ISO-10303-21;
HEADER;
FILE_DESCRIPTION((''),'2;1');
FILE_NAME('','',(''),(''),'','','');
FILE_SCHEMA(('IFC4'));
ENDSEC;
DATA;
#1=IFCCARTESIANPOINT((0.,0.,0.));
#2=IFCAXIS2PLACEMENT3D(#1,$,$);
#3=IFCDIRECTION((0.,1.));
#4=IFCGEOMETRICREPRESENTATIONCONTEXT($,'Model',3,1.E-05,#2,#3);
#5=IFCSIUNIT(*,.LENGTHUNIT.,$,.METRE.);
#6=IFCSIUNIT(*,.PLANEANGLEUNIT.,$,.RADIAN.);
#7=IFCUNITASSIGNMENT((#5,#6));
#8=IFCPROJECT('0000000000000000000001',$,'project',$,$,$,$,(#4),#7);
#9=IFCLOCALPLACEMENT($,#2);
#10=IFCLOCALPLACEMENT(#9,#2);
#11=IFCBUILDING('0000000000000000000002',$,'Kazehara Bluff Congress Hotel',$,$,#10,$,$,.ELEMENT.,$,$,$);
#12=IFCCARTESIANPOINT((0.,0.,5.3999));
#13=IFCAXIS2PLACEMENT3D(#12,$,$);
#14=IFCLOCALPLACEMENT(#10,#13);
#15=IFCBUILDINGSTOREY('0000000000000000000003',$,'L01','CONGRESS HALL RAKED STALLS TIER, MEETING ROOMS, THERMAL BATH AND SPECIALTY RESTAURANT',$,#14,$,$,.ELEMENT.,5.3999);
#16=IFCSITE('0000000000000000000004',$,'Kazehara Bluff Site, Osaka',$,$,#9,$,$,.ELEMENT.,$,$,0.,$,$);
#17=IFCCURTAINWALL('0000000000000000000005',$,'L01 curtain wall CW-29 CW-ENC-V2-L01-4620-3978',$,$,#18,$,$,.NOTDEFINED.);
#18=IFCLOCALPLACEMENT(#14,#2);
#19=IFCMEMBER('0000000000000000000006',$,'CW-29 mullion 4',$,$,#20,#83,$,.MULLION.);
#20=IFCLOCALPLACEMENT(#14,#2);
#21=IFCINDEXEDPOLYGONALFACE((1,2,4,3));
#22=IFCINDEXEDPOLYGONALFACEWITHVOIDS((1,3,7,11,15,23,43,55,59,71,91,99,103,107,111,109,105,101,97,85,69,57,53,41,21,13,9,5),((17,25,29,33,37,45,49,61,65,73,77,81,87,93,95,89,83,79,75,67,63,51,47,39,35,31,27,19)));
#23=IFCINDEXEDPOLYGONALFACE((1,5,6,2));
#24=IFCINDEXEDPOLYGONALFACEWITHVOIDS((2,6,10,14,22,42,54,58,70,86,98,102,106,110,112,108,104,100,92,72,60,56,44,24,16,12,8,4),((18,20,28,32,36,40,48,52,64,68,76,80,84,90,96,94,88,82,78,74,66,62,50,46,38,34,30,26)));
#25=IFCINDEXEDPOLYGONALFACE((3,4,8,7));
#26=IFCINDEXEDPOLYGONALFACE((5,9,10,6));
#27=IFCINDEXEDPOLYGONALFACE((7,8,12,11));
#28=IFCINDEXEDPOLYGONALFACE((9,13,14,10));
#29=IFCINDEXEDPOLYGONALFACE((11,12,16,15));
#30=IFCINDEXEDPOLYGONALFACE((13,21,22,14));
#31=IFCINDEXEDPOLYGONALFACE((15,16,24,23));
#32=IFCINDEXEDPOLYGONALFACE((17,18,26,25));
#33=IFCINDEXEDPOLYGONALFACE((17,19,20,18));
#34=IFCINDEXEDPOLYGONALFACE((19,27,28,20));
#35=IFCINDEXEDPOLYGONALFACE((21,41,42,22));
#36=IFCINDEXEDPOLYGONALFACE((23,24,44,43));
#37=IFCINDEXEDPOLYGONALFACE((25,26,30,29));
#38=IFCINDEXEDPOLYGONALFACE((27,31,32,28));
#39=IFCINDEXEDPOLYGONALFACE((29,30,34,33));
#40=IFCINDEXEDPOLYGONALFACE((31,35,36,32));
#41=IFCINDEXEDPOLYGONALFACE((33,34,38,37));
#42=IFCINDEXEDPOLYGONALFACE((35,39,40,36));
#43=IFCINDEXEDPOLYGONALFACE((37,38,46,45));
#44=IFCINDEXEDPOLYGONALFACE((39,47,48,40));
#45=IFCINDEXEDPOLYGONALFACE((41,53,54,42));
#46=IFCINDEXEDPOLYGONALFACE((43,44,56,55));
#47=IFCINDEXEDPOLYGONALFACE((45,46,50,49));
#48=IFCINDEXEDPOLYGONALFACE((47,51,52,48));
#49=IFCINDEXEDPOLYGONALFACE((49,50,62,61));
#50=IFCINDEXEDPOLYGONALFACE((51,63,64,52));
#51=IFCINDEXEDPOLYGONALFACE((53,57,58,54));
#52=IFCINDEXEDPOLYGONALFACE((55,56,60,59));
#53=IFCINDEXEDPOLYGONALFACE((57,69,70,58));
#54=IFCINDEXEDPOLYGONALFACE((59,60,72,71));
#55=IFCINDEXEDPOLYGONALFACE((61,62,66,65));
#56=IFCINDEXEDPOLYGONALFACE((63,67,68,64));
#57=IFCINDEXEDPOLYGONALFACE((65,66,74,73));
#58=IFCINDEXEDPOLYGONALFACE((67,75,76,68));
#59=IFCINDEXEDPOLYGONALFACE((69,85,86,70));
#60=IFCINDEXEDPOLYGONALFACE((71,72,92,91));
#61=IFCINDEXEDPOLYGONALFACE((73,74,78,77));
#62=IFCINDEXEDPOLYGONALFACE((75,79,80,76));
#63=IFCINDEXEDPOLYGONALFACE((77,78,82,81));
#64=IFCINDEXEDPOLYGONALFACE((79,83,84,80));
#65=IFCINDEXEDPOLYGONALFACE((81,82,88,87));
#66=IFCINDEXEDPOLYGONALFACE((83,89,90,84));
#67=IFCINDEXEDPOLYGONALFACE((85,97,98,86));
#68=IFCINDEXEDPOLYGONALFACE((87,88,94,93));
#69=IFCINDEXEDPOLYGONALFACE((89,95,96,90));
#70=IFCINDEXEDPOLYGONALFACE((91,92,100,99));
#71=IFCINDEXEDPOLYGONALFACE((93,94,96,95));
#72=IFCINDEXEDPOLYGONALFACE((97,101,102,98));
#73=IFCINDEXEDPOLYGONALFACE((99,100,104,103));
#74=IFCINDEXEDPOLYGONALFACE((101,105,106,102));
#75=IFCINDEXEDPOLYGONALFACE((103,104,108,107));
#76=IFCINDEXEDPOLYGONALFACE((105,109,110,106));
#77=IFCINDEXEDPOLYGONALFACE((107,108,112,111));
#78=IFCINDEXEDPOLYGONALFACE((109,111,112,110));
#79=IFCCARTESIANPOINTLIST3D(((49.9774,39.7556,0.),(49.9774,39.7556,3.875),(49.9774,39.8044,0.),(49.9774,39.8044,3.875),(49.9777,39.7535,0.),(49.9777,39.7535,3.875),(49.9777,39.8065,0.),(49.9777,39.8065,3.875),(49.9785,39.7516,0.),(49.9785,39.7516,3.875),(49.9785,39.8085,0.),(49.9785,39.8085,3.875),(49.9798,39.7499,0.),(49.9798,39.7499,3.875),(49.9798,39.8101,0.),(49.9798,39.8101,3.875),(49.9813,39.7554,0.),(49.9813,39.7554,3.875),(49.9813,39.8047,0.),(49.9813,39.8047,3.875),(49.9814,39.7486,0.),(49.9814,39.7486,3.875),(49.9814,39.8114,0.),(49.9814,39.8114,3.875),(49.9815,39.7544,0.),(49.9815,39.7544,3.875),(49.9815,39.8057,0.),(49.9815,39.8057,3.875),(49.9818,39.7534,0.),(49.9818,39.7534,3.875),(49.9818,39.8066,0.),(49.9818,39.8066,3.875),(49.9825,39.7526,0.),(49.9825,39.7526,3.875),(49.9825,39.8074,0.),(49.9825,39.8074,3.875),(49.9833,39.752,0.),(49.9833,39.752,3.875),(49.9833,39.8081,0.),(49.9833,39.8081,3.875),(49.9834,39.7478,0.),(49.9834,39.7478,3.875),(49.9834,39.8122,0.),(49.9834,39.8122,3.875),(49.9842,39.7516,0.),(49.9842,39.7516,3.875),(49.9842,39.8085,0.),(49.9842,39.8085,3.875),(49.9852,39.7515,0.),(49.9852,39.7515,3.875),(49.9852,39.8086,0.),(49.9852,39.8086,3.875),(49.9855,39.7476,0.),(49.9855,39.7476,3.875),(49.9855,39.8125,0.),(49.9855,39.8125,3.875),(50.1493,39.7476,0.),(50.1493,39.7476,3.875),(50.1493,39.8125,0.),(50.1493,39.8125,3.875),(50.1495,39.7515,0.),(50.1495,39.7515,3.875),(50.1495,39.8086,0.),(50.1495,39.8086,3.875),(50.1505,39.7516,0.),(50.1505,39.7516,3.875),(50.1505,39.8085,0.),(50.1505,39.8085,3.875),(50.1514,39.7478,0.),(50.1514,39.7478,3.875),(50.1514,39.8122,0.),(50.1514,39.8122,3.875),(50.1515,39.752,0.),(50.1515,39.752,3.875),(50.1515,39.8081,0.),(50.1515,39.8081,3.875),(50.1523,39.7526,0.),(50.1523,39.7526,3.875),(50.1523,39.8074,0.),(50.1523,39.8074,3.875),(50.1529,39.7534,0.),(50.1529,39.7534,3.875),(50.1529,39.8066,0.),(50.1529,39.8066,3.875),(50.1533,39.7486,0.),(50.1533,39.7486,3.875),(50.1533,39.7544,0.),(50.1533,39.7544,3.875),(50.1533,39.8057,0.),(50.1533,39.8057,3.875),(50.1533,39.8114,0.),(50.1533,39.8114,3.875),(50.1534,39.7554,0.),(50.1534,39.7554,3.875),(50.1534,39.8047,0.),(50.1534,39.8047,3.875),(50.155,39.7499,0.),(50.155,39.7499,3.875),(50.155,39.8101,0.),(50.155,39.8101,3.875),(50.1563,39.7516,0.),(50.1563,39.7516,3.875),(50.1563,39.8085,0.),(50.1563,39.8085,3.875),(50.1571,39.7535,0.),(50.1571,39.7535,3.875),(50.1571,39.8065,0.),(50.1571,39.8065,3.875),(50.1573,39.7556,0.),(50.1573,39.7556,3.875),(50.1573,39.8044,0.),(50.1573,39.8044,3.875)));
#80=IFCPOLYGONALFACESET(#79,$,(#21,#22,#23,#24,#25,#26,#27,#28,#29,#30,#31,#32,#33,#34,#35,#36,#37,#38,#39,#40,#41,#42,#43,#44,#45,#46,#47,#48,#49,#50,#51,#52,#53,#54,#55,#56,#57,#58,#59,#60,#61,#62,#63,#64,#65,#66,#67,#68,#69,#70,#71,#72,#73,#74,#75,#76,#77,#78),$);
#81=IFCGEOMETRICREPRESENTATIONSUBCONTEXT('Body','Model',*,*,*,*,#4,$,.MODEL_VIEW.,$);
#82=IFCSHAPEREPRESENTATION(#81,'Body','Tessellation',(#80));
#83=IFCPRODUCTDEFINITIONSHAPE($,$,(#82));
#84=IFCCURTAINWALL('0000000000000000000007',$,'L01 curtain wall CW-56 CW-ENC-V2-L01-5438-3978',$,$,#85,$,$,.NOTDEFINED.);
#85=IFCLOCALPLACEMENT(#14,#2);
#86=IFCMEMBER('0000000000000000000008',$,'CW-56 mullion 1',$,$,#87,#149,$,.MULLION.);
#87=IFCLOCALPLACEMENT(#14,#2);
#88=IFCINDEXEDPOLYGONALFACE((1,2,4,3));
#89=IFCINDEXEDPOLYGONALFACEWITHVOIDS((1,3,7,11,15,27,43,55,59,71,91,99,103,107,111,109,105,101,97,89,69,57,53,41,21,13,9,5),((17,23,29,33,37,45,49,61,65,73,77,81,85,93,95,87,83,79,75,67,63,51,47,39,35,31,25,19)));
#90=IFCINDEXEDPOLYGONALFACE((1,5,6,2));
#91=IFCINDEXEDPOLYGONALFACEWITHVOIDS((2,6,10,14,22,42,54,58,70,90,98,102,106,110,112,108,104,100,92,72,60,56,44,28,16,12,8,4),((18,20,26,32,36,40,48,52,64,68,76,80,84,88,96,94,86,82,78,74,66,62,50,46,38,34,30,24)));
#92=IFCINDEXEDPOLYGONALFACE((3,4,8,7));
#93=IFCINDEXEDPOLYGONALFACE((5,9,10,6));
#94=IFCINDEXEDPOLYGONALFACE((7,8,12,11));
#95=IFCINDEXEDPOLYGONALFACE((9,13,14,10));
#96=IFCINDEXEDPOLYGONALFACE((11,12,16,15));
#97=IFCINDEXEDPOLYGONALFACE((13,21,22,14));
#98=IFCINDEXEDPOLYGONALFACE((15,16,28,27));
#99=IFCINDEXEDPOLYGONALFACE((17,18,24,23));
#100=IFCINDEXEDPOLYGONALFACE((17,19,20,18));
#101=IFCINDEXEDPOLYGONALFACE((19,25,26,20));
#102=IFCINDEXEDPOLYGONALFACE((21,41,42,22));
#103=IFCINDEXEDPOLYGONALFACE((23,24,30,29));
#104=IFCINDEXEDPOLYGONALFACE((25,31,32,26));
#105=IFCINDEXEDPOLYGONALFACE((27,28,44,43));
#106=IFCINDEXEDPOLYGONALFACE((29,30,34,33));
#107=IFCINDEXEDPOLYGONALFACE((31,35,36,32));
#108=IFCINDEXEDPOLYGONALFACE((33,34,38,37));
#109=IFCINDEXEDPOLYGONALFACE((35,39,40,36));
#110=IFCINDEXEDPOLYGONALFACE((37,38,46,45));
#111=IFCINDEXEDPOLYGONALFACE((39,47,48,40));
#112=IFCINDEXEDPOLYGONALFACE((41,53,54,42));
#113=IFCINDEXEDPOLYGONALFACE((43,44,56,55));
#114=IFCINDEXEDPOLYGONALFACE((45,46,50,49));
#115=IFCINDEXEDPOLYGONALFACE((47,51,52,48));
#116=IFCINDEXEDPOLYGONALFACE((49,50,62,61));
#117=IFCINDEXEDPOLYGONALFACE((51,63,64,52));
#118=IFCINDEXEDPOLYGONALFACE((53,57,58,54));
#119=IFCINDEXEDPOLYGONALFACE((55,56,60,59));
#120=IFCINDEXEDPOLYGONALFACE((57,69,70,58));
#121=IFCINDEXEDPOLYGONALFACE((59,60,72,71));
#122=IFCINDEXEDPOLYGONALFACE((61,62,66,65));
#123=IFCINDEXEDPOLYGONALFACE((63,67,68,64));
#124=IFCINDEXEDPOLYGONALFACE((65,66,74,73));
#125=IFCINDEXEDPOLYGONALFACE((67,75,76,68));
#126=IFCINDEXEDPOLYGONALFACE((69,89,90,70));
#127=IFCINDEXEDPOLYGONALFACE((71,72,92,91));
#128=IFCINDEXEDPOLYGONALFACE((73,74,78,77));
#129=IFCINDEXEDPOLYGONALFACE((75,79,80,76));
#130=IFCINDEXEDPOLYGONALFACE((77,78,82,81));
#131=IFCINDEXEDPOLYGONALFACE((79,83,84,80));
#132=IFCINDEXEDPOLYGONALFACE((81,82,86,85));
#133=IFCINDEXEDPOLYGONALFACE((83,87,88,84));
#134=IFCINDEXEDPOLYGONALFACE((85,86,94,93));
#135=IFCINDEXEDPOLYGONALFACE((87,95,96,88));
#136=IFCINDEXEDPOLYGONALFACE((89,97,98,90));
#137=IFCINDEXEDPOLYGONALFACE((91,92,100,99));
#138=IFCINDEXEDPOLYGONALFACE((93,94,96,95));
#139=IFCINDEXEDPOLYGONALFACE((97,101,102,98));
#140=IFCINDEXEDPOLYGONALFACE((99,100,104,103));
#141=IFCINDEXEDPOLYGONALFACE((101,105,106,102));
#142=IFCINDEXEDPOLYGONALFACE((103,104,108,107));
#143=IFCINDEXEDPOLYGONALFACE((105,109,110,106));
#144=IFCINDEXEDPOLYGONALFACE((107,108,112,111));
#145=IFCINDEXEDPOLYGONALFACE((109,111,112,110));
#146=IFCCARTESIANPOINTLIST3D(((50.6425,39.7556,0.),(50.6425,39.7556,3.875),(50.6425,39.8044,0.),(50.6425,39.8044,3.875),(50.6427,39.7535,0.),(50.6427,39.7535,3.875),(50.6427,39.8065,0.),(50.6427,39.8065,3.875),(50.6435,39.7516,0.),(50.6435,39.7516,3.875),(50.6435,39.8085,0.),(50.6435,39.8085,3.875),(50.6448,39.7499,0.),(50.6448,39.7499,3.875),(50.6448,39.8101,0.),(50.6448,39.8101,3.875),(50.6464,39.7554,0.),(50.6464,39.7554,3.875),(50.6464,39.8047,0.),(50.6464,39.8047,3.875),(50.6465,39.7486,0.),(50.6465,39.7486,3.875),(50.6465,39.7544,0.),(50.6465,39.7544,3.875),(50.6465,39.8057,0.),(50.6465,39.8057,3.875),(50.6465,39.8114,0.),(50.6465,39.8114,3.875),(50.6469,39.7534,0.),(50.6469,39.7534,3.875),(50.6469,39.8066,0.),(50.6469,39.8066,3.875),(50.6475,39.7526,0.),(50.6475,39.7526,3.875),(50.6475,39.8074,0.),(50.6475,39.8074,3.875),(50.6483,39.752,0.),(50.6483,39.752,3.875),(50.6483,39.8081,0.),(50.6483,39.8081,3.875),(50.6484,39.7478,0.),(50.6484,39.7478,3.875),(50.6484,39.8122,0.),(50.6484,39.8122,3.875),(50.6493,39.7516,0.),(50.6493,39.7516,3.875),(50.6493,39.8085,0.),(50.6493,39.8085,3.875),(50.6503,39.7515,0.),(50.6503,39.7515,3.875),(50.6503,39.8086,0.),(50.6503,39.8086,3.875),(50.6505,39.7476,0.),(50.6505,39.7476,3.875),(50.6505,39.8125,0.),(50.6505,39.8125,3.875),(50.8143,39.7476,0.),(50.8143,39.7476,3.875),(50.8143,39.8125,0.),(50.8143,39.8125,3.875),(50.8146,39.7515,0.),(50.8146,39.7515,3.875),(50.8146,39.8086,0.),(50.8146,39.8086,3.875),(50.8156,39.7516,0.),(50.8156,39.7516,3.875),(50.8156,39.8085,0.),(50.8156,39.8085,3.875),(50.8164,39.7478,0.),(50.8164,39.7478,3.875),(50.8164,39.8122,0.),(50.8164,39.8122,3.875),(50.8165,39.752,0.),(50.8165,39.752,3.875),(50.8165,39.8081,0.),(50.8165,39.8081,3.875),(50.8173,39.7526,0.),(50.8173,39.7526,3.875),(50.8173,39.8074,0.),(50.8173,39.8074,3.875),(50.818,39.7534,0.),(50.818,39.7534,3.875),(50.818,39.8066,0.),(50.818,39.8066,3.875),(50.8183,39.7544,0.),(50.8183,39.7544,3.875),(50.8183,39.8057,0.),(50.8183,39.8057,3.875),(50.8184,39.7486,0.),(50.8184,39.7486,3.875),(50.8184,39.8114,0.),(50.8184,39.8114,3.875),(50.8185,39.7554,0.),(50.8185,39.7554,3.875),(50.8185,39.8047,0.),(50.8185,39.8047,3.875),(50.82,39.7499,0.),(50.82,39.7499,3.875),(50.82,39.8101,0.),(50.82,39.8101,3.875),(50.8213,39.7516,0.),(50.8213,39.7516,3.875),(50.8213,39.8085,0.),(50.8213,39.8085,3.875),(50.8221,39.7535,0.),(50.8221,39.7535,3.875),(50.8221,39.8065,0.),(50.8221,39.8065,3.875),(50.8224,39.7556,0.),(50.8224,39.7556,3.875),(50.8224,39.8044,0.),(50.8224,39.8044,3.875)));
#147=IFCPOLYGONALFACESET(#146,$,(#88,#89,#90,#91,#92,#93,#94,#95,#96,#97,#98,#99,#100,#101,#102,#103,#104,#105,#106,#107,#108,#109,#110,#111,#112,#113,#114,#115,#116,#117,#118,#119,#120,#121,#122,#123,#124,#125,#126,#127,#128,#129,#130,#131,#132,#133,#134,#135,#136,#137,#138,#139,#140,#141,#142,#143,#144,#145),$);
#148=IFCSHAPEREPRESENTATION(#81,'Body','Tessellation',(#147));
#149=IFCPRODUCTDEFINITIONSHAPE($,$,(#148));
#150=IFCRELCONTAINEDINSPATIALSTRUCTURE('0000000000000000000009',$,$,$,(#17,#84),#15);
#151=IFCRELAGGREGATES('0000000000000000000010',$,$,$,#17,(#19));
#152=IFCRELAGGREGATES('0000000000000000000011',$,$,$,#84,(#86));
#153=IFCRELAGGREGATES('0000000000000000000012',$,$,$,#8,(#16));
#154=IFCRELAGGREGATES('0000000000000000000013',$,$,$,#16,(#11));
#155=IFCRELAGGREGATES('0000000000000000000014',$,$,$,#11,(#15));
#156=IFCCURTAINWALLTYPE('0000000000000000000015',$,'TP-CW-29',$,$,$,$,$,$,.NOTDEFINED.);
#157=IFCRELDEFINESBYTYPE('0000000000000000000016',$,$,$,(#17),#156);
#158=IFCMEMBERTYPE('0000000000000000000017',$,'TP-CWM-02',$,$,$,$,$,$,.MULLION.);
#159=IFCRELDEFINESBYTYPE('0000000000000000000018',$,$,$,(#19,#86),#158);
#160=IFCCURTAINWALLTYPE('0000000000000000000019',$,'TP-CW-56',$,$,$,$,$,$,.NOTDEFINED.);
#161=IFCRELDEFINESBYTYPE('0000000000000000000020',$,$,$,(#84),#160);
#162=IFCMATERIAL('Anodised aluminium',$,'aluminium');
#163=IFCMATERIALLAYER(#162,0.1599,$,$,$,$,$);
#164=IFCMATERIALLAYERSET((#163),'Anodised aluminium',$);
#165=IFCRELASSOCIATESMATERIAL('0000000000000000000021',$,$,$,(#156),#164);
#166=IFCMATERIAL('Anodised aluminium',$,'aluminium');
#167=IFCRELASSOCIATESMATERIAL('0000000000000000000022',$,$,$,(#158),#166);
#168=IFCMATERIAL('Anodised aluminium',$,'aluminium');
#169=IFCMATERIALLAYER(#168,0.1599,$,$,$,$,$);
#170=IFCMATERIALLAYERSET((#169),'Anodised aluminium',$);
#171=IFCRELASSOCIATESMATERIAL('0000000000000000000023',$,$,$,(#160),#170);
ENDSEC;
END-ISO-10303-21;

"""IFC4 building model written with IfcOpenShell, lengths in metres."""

from ifc_helpers import new_model, si_unit, direction, frame, origin, origin_2d, place, context, subcontext, project, spatial, hollow_rectangle, extrude, material, layer, layer_set, material_profile, profile_set, type_object, element, aggregate, save


model = new_model("IFC4")

# Units and contexts
model_context = context("Model", 3, precision=1e-05, world=origin(), true_north=direction((0.0, 1.0)))
body_context = subcontext(model_context, "Body", "Model", "MODEL_VIEW")
ifc_project = project(units=[si_unit("LENGTHUNIT", "METRE"), si_unit("PLANEANGLEUNIT", "RADIAN")], contexts=[model_context])

# Site, building, storey
site_placement = place(None, origin())
site = spatial("IfcSite", under=ifc_project, at=site_placement, Name="Kazehara Bluff Site, Osaka", CompositionType="ELEMENT", RefElevation=0.0)
building_placement = place(site_placement, origin())
building = spatial("IfcBuilding", under=site, at=building_placement, Name="Kazehara Bluff Congress Hotel", CompositionType="ELEMENT")
storey_placement = place(building_placement, frame((0.0, 0.0, 5.3999)))
storey = spatial("IfcBuildingStorey", under=building, at=storey_placement, Name="L01", Description="CONGRESS HALL RAKED STALLS TIER, MEETING ROOMS, THERMAL BATH AND SPECIALTY RESTAURANT", CompositionType="ELEMENT", Elevation=5.3999)

# Curtain wall, member
ifc_material_1 = material(Name="Anodised aluminium", Category="aluminium")
ifc_layer_1 = layer(ifc_material_1, 0.1599)
ifc_layer_set_1 = layer_set([ifc_layer_1], Name="Anodised aluminium")
curtain_wall_type_1 = type_object("IfcCurtainWallType", Name="TP-CW-29", PredefinedType="NOTDEFINED", material=ifc_layer_set_1)
curtain_wall_1_placement = place(storey_placement, origin())
curtain_wall_1 = element("IfcCurtainWall", 1, at=curtain_wall_1_placement, inside=storey, type_object=curtain_wall_type_1, Name="L01 curtain wall CW-29 CW-ENC-V2-L01-4620-3978", PredefinedType="NOTDEFINED")
ifc_material_2 = material(Name="Anodised aluminium", Category="aluminium")
ifc_material_profile_1 = material_profile(ifc_material_2, hollow_rectangle(XDim=0.0649, YDim=0.1799, WallThickness=0.0039, InnerFilletRadius=0.0039, OuterFilletRadius=0.0081, at=origin_2d()))
ifc_profile_set_1 = profile_set([ifc_material_profile_1], Name="Anodised aluminium")
member_type_1 = type_object("IfcMemberType", Name="TP-CWM-02", PredefinedType="MULLION", material=ifc_profile_set_1)
member_1_placement = place(storey_placement, frame((50.0674, 39.78, 0.0), z_axis=(0.0, 0.0, 1.0), x_axis=(0.0, 1.0, 0.0)))
member_1 = element("IfcMember", 2, at=member_1_placement, type_object=member_type_1, Name="CW-29 mullion 4", PredefinedType="MULLION", context=body_context, shape_type="SweptSolid", body=[
    extrude(hollow_rectangle(XDim=0.0649, YDim=0.1799, WallThickness=0.0039, InnerFilletRadius=0.0039, OuterFilletRadius=0.0081, at=origin_2d()), origin(), (0.0, 0.0, 1.0), 3.875),
])

# Curtain wall, member
ifc_material_3 = material(Name="Anodised aluminium", Category="aluminium")
ifc_layer_2 = layer(ifc_material_3, 0.1599)
ifc_layer_set_2 = layer_set([ifc_layer_2], Name="Anodised aluminium")
curtain_wall_type_2 = type_object("IfcCurtainWallType", Name="TP-CW-56", PredefinedType="NOTDEFINED", material=ifc_layer_set_2)
curtain_wall_2_placement = place(storey_placement, origin())
curtain_wall_2 = element("IfcCurtainWall", 3, at=curtain_wall_2_placement, inside=storey, type_object=curtain_wall_type_2, Name="L01 curtain wall CW-56 CW-ENC-V2-L01-5438-3978", PredefinedType="NOTDEFINED")
member_2_placement = place(storey_placement, frame((50.7324, 39.78, 0.0), z_axis=(0.0, 0.0, 1.0), x_axis=(0.0, 1.0, 0.0)))
member_2 = element("IfcMember", 4, at=member_2_placement, type_object=member_type_1, Name="CW-56 mullion 1", PredefinedType="MULLION", context=body_context, shape_type="SweptSolid", body=[
    extrude(hollow_rectangle(XDim=0.0649, YDim=0.1799, WallThickness=0.0039, InnerFilletRadius=0.0039, OuterFilletRadius=0.0081, at=origin_2d()), origin(), (0.0, 0.0, 1.0), 3.875),
])

aggregate(curtain_wall_1, [member_1])
aggregate(curtain_wall_2, [member_2])

save(model, "model.ifc")
